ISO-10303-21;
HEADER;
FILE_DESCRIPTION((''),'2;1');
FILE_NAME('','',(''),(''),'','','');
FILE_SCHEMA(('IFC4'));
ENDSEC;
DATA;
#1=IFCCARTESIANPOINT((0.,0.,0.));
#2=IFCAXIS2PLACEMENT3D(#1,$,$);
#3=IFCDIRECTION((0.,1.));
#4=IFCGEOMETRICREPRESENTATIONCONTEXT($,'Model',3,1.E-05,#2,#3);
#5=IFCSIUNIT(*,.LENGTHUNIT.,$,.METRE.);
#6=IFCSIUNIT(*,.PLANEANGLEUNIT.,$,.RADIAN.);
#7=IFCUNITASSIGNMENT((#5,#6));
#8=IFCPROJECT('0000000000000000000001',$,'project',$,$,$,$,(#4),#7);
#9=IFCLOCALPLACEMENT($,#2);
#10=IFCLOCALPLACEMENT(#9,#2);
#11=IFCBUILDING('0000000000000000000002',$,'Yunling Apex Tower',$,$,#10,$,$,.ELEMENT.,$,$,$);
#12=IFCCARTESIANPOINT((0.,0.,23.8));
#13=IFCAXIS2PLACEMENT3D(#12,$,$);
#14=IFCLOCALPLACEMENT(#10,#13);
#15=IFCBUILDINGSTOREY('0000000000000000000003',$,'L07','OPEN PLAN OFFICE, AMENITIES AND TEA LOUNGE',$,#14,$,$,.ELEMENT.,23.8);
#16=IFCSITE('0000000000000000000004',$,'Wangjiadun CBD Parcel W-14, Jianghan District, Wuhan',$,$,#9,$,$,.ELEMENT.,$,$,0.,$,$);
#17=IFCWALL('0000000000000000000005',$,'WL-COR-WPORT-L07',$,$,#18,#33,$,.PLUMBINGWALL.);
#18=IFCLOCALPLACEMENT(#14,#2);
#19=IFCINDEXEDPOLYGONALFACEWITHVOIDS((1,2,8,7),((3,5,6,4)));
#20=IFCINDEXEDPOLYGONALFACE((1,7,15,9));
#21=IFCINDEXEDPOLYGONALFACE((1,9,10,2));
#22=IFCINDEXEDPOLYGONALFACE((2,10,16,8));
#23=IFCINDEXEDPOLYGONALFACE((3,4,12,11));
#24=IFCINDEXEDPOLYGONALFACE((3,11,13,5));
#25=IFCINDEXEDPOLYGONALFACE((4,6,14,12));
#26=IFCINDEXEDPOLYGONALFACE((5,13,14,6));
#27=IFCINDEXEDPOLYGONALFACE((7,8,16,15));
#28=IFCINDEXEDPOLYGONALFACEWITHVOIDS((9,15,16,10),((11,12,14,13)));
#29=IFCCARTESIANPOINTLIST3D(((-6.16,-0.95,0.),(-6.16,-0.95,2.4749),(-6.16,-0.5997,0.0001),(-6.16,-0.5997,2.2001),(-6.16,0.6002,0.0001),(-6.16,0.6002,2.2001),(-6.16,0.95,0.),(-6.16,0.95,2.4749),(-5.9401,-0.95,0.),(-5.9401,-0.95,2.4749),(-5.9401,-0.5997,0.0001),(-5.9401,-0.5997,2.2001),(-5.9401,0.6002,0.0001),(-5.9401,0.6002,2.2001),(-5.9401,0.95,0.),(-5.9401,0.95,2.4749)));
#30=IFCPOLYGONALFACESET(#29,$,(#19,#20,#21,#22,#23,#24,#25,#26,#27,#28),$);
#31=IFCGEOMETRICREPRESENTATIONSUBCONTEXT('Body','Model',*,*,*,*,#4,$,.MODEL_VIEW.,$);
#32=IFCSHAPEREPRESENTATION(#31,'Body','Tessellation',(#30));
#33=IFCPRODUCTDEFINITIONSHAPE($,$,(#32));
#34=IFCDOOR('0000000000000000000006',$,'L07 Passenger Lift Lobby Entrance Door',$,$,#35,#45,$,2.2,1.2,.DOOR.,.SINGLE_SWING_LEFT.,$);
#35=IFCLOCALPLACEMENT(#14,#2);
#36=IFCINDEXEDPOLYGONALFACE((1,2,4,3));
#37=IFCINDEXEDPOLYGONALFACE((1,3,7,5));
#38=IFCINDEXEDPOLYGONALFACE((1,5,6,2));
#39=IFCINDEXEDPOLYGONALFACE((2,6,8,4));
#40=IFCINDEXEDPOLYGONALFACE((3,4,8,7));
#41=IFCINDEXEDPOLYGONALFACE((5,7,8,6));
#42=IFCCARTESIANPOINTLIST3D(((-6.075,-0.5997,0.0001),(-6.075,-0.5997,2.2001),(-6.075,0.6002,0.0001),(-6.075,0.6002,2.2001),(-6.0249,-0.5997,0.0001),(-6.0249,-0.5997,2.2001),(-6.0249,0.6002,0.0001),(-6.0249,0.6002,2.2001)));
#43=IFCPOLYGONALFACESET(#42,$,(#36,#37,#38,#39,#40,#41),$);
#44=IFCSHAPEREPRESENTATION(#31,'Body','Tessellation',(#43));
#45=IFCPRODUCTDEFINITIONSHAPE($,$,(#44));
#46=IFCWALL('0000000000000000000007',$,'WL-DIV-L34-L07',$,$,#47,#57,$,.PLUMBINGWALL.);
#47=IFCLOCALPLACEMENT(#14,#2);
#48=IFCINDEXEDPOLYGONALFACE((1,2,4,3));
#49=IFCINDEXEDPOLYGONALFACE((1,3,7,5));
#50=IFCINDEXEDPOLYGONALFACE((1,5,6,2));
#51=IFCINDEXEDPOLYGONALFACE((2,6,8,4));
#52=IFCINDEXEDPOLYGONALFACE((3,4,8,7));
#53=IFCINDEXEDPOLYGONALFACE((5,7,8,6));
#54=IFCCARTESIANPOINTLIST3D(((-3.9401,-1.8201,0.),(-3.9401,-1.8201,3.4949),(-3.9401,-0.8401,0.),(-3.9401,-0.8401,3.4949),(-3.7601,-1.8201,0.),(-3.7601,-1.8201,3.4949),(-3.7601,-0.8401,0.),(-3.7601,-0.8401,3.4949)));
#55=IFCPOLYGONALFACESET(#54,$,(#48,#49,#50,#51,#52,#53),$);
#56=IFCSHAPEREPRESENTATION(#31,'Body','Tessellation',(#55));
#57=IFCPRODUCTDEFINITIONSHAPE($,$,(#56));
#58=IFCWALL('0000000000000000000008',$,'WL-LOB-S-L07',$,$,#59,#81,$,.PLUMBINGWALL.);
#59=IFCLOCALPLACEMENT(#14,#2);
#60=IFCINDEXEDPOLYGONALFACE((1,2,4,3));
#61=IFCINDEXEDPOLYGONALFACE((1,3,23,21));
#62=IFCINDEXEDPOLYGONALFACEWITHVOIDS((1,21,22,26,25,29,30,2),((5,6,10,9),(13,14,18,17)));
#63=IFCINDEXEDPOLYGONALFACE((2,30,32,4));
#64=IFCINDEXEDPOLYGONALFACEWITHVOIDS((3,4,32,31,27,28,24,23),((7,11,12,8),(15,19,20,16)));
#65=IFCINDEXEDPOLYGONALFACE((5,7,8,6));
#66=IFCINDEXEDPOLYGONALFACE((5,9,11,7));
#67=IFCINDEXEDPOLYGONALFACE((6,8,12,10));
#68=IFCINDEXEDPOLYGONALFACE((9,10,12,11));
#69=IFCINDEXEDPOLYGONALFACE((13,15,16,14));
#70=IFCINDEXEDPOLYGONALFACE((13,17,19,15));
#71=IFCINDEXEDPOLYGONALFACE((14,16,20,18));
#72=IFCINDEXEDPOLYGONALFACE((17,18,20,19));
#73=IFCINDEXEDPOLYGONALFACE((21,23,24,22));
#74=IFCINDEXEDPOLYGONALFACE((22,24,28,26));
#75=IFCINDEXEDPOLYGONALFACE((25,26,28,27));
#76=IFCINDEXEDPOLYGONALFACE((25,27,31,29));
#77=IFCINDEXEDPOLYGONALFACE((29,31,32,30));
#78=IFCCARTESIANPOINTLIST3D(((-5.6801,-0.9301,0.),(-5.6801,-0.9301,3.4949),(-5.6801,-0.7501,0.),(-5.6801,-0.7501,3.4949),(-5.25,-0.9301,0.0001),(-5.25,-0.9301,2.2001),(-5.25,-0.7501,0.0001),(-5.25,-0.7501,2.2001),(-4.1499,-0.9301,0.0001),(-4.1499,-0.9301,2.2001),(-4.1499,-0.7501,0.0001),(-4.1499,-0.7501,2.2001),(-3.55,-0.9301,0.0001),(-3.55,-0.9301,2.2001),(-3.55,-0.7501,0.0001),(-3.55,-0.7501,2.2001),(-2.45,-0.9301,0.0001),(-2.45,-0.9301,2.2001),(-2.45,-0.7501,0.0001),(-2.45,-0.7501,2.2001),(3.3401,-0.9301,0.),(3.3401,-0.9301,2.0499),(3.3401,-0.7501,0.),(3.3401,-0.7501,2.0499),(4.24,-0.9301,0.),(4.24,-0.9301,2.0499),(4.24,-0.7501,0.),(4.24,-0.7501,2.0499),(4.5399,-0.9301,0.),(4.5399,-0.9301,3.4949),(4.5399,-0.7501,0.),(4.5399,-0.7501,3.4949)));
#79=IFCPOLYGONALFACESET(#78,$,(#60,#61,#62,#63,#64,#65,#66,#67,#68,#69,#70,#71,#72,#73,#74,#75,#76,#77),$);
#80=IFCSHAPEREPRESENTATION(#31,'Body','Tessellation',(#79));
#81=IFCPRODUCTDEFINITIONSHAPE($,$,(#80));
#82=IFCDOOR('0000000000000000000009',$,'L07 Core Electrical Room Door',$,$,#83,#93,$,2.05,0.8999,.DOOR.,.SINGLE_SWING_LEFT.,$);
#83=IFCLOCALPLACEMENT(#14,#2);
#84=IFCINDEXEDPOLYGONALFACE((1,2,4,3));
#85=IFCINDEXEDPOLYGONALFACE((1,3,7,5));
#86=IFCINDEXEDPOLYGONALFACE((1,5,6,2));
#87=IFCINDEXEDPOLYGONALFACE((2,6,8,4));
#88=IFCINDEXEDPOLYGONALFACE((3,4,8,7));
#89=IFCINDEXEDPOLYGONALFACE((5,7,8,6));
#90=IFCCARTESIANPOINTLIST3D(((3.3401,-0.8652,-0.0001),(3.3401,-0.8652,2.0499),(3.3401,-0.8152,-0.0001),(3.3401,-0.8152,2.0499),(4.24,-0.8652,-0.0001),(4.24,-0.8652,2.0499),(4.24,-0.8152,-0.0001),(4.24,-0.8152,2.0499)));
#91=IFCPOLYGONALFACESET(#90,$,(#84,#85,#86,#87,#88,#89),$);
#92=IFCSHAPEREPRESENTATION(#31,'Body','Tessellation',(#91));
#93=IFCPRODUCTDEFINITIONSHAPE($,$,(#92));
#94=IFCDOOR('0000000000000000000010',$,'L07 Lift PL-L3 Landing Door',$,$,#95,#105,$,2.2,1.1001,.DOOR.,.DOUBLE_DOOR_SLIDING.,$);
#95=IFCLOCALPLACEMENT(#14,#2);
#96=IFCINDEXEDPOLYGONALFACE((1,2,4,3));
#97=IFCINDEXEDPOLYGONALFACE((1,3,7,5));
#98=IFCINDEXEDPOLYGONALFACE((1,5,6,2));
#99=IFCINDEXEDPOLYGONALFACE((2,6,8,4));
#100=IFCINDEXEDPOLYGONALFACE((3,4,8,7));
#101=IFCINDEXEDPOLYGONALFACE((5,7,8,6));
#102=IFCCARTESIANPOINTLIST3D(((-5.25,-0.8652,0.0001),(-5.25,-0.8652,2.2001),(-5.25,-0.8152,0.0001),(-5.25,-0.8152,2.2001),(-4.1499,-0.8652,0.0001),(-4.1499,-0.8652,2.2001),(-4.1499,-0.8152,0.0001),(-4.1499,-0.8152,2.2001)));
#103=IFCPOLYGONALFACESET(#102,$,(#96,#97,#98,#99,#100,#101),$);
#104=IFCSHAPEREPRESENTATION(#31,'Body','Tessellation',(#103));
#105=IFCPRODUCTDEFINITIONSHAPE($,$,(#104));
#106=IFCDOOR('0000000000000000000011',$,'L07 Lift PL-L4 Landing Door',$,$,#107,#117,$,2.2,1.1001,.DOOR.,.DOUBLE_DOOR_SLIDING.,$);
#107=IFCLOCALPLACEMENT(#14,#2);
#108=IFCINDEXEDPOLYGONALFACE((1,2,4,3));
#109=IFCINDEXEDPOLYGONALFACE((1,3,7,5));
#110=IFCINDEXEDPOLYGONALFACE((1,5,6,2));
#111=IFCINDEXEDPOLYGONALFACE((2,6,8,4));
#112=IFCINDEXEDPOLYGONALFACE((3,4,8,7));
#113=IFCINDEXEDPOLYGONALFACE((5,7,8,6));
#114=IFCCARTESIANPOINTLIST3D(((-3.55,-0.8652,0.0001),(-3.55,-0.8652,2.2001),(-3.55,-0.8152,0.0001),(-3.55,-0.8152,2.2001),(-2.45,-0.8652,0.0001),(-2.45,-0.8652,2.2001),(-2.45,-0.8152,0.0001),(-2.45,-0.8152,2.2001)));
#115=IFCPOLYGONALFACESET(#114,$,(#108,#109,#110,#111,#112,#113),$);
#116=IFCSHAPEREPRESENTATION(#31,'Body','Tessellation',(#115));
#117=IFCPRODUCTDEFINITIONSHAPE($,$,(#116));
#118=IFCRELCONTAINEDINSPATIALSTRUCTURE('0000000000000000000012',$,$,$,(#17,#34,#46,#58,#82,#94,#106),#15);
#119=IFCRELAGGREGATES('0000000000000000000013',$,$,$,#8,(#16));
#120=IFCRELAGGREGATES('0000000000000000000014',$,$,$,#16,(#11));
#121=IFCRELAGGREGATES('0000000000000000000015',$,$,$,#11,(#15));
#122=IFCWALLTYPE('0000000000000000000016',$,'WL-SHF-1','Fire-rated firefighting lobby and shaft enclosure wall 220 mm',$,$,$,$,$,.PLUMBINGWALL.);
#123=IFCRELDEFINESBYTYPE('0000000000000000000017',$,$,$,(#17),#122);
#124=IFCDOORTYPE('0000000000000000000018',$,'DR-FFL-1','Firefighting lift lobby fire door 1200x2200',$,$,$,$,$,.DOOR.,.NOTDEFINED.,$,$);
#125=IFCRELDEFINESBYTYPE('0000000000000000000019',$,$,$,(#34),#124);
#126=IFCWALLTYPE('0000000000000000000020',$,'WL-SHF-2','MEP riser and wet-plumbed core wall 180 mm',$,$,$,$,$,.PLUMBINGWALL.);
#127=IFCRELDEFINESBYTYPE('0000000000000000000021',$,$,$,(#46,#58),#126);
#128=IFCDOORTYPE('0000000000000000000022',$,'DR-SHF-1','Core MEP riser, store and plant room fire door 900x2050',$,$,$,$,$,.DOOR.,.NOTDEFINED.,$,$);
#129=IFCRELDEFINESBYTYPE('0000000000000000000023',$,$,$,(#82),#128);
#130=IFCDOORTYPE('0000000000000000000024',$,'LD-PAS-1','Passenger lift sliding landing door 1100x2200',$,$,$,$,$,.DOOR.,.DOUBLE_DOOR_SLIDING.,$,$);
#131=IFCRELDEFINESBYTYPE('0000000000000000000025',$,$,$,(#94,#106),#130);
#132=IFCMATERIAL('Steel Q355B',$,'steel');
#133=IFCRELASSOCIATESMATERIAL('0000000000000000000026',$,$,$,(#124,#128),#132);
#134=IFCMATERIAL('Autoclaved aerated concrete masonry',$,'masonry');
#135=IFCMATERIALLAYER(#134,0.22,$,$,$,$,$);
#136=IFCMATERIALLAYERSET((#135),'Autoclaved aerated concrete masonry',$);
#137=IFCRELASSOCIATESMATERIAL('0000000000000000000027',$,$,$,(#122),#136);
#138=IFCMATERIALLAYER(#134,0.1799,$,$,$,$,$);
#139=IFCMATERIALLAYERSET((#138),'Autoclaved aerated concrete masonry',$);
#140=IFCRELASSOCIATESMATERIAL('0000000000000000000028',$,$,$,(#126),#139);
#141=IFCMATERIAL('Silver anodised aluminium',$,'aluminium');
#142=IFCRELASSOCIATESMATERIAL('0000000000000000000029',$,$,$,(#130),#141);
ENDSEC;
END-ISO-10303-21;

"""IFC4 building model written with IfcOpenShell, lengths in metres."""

from ifc_helpers import new_model, si_unit, direction, frame, frame_2d, origin, place, context, subcontext, project, spatial, rectangle, extrude, material, layer, layer_set, type_object, element, fill, save


model = new_model("IFC4")

# Units and contexts
model_context = context("Model", 3, precision=1e-05, world=origin(), true_north=direction((0.0, 1.0)))
body_context = subcontext(model_context, "Body", "Model", "MODEL_VIEW")
ifc_project = project(units=[si_unit("LENGTHUNIT", "METRE"), si_unit("PLANEANGLEUNIT", "RADIAN")], contexts=[model_context])

# Site, building, storey
site_placement = place(None, origin())
site = spatial("IfcSite", under=ifc_project, at=site_placement, Name="Wangjiadun CBD Parcel W-14, Jianghan District, Wuhan", CompositionType="ELEMENT", RefElevation=0.0)
building_placement = place(site_placement, origin())
building = spatial("IfcBuilding", under=site, at=building_placement, Name="Yunling Apex Tower", CompositionType="ELEMENT")
storey_placement = place(building_placement, frame((0.0, 0.0, 23.8)))
storey = spatial("IfcBuildingStorey", under=building, at=storey_placement, Name="L07", Description="OPEN PLAN OFFICE, AMENITIES AND TEA LOUNGE", CompositionType="ELEMENT", Elevation=23.8)

# Shared definitions
ifc_material_1 = material(Name="Steel Q355B", Category="steel")

# Shared definitions
door_type_1 = type_object("IfcDoorType", Name="DR-FFL-1", Description="Firefighting lift lobby fire door 1200x2200", OperationType="NOTDEFINED", PredefinedType="DOOR", material=ifc_material_1)

# Wall, opening, door
ifc_material_2 = material(Name="Autoclaved aerated concrete masonry", Category="masonry")
ifc_layer_1 = layer(ifc_material_2, 0.22)
ifc_layer_set_1 = layer_set([ifc_layer_1], Name="Autoclaved aerated concrete masonry")
wall_type_1 = type_object("IfcWallType", Name="WL-SHF-1", Description="Fire-rated firefighting lobby and shaft enclosure wall 220 mm", PredefinedType="PLUMBINGWALL", material=ifc_layer_set_1)
wall_1_placement = place(storey_placement, frame((-6.05, -0.95, 0.0), z_axis=(0.0, 0.0, 1.0), x_axis=(0.0, 1.0, 0.0)))
wall_1 = element("IfcWall", 1, at=wall_1_placement, inside=storey, type_object=wall_type_1, Name="WL-COR-WPORT-L07", PredefinedType="PLUMBINGWALL", context=body_context, shape_type="SweptSolid", body=[
    extrude(rectangle(XDim=1.8999, YDim=0.22, at=frame_2d((0.95, 0.0))), origin(), (0.0, 0.0, 1.0), 2.4749),
])
opening_1_placement = place(wall_1_placement, frame((0.3501, 0.0, 0.0)))
opening_1 = element("IfcOpeningElement", 2, at=opening_1_placement, cuts=wall_1, PredefinedType="OPENING", context=body_context, shape_type="SweptSolid", body=[
    extrude(rectangle(XDim=1.2, YDim=2.2, at=frame_2d((0.6001, 1.1001))), frame((0.0, 0.1201, 0.0), z_axis=(0.0, -1.0, 0.0), x_axis=(1.0, 0.0, 0.0)), (0.0, 0.0, 1.0), 0.24),
])
door_1_placement = place(opening_1_placement, origin())
door_1 = element("IfcDoor", 3, at=door_1_placement, inside=storey, type_object=door_type_1, Name="L07 Passenger Lift Lobby Entrance Door", OperationType="SINGLE_SWING_LEFT", OverallHeight=2.2, OverallWidth=1.2, PredefinedType="DOOR", context=body_context, shape_type="SweptSolid", body=[
    extrude(rectangle(XDim=1.2, YDim=2.2, at=frame_2d((0.6001, 1.1001))), frame((0.0, 0.0249, 0.0), z_axis=(0.0, -1.0, 0.0), x_axis=(1.0, 0.0, 0.0)), (0.0, 0.0, 1.0), 0.05),
])
fill(opening_1, door_1)

# Wall
ifc_layer_2 = layer(ifc_material_2, 0.1799)
ifc_layer_set_2 = layer_set([ifc_layer_2], Name="Autoclaved aerated concrete masonry")
wall_type_2 = type_object("IfcWallType", Name="WL-SHF-2", Description="MEP riser and wet-plumbed core wall 180 mm", PredefinedType="PLUMBINGWALL", material=ifc_layer_set_2)
wall_2_placement = place(storey_placement, frame((-3.8501, -1.8201, 0.0), z_axis=(0.0, 0.0, 1.0), x_axis=(0.0, 1.0, 0.0)))
element("IfcWall", 4, at=wall_2_placement, inside=storey, type_object=wall_type_2, Name="WL-DIV-L34-L07", PredefinedType="PLUMBINGWALL", context=body_context, shape_type="SweptSolid", body=[
    extrude(rectangle(XDim=0.98, YDim=0.1799, at=frame_2d((0.49, 0.0))), origin(), (0.0, 0.0, 1.0), 3.4949),
])

# Wall, openings, doors
wall_3_placement = place(storey_placement, frame((-5.6799, -0.8401, 0.0), z_axis=(0.0, 0.0, 1.0), x_axis=(1.0, 0.0, 0.0)))
wall_3 = element("IfcWall", 5, at=wall_3_placement, inside=storey, type_object=wall_type_2, Name="WL-LOB-S-L07", PredefinedType="PLUMBINGWALL", context=body_context, shape_type="SweptSolid", body=[
    extrude(rectangle(XDim=10.22, YDim=0.1799, at=frame_2d((5.1099, 0.0))), origin(), (0.0, 0.0, 1.0), 3.4949),
])
opening_2_placement = place(wall_3_placement, frame((0.4299, 0.0, 0.0)))
opening_2 = element("IfcOpeningElement", 6, at=opening_2_placement, cuts=wall_3, PredefinedType="OPENING", context=body_context, shape_type="SweptSolid", body=[
    extrude(rectangle(XDim=1.1001, YDim=2.2, at=frame_2d((0.55, 1.1001))), frame((0.0, 0.1001, 0.0), z_axis=(0.0, -1.0, 0.0), x_axis=(1.0, 0.0, 0.0)), (0.0, 0.0, 1.0), 0.2),
])
opening_3_placement = place(wall_3_placement, frame((2.1299, 0.0, 0.0)))
opening_3 = element("IfcOpeningElement", 7, at=opening_3_placement, cuts=wall_3, PredefinedType="OPENING", context=body_context, shape_type="SweptSolid", body=[
    extrude(rectangle(XDim=1.1001, YDim=2.2, at=frame_2d((0.55, 1.1001))), frame((0.0, 0.1001, 0.0), z_axis=(0.0, -1.0, 0.0), x_axis=(1.0, 0.0, 0.0)), (0.0, 0.0, 1.0), 0.2),
])
opening_4_placement = place(wall_3_placement, frame((9.02, 0.0, 0.0)))
opening_4 = element("IfcOpeningElement", 8, at=opening_4_placement, cuts=wall_3, PredefinedType="OPENING", context=body_context, shape_type="SweptSolid", body=[
    extrude(rectangle(XDim=0.8999, YDim=2.05, at=frame_2d((0.45, 1.0249))), frame((0.0, 0.1001, 0.0), z_axis=(0.0, -1.0, 0.0), x_axis=(1.0, 0.0, 0.0)), (0.0, 0.0, 1.0), 0.2),
])
door_type_2 = type_object("IfcDoorType", Name="DR-SHF-1", Description="Core MEP riser, store and plant room fire door 900x2050", OperationType="NOTDEFINED", PredefinedType="DOOR", material=ifc_material_1)
door_2_placement = place(opening_4_placement, origin())
door_2 = element("IfcDoor", 9, at=door_2_placement, inside=storey, type_object=door_type_2, Name="L07 Core Electrical Room Door", OperationType="SINGLE_SWING_LEFT", OverallHeight=2.05, OverallWidth=0.8999, PredefinedType="DOOR", context=body_context, shape_type="SweptSolid", body=[
    extrude(rectangle(XDim=0.8999, YDim=2.05, at=frame_2d((0.45, 1.0249))), frame((0.0, 0.0249, 0.0), z_axis=(0.0, -1.0, 0.0), x_axis=(1.0, 0.0, 0.0)), (0.0, 0.0, 1.0), 0.05),
])
fill(opening_4, door_2)
ifc_material_3 = material(Name="Silver anodised aluminium", Category="aluminium")
door_type_3 = type_object("IfcDoorType", Name="LD-PAS-1", Description="Passenger lift sliding landing door 1100x2200", OperationType="DOUBLE_DOOR_SLIDING", PredefinedType="DOOR", material=ifc_material_3)
door_3_placement = place(opening_2_placement, origin())
door_3 = element("IfcDoor", 10, at=door_3_placement, inside=storey, type_object=door_type_3, Name="L07 Lift PL-L3 Landing Door", OperationType="DOUBLE_DOOR_SLIDING", OverallHeight=2.2, OverallWidth=1.1001, PredefinedType="DOOR", context=body_context, shape_type="SweptSolid", body=[
    extrude(rectangle(XDim=1.1001, YDim=2.2, at=frame_2d((0.55, 1.1001))), frame((0.0, 0.0249, 0.0), z_axis=(0.0, -1.0, 0.0), x_axis=(1.0, 0.0, 0.0)), (0.0, 0.0, 1.0), 0.05),
])
fill(opening_2, door_3)
door_4_placement = place(opening_3_placement, origin())
door_4 = element("IfcDoor", 11, at=door_4_placement, inside=storey, type_object=door_type_3, Name="L07 Lift PL-L4 Landing Door", OperationType="DOUBLE_DOOR_SLIDING", OverallHeight=2.2, OverallWidth=1.1001, PredefinedType="DOOR", context=body_context, shape_type="SweptSolid", body=[
    extrude(rectangle(XDim=1.1001, YDim=2.2, at=frame_2d((0.55, 1.1001))), frame((0.0, 0.0249, 0.0), z_axis=(0.0, -1.0, 0.0), x_axis=(1.0, 0.0, 0.0)), (0.0, 0.0, 1.0), 0.05),
])
fill(opening_3, door_4)

save(model, "model.ifc")
